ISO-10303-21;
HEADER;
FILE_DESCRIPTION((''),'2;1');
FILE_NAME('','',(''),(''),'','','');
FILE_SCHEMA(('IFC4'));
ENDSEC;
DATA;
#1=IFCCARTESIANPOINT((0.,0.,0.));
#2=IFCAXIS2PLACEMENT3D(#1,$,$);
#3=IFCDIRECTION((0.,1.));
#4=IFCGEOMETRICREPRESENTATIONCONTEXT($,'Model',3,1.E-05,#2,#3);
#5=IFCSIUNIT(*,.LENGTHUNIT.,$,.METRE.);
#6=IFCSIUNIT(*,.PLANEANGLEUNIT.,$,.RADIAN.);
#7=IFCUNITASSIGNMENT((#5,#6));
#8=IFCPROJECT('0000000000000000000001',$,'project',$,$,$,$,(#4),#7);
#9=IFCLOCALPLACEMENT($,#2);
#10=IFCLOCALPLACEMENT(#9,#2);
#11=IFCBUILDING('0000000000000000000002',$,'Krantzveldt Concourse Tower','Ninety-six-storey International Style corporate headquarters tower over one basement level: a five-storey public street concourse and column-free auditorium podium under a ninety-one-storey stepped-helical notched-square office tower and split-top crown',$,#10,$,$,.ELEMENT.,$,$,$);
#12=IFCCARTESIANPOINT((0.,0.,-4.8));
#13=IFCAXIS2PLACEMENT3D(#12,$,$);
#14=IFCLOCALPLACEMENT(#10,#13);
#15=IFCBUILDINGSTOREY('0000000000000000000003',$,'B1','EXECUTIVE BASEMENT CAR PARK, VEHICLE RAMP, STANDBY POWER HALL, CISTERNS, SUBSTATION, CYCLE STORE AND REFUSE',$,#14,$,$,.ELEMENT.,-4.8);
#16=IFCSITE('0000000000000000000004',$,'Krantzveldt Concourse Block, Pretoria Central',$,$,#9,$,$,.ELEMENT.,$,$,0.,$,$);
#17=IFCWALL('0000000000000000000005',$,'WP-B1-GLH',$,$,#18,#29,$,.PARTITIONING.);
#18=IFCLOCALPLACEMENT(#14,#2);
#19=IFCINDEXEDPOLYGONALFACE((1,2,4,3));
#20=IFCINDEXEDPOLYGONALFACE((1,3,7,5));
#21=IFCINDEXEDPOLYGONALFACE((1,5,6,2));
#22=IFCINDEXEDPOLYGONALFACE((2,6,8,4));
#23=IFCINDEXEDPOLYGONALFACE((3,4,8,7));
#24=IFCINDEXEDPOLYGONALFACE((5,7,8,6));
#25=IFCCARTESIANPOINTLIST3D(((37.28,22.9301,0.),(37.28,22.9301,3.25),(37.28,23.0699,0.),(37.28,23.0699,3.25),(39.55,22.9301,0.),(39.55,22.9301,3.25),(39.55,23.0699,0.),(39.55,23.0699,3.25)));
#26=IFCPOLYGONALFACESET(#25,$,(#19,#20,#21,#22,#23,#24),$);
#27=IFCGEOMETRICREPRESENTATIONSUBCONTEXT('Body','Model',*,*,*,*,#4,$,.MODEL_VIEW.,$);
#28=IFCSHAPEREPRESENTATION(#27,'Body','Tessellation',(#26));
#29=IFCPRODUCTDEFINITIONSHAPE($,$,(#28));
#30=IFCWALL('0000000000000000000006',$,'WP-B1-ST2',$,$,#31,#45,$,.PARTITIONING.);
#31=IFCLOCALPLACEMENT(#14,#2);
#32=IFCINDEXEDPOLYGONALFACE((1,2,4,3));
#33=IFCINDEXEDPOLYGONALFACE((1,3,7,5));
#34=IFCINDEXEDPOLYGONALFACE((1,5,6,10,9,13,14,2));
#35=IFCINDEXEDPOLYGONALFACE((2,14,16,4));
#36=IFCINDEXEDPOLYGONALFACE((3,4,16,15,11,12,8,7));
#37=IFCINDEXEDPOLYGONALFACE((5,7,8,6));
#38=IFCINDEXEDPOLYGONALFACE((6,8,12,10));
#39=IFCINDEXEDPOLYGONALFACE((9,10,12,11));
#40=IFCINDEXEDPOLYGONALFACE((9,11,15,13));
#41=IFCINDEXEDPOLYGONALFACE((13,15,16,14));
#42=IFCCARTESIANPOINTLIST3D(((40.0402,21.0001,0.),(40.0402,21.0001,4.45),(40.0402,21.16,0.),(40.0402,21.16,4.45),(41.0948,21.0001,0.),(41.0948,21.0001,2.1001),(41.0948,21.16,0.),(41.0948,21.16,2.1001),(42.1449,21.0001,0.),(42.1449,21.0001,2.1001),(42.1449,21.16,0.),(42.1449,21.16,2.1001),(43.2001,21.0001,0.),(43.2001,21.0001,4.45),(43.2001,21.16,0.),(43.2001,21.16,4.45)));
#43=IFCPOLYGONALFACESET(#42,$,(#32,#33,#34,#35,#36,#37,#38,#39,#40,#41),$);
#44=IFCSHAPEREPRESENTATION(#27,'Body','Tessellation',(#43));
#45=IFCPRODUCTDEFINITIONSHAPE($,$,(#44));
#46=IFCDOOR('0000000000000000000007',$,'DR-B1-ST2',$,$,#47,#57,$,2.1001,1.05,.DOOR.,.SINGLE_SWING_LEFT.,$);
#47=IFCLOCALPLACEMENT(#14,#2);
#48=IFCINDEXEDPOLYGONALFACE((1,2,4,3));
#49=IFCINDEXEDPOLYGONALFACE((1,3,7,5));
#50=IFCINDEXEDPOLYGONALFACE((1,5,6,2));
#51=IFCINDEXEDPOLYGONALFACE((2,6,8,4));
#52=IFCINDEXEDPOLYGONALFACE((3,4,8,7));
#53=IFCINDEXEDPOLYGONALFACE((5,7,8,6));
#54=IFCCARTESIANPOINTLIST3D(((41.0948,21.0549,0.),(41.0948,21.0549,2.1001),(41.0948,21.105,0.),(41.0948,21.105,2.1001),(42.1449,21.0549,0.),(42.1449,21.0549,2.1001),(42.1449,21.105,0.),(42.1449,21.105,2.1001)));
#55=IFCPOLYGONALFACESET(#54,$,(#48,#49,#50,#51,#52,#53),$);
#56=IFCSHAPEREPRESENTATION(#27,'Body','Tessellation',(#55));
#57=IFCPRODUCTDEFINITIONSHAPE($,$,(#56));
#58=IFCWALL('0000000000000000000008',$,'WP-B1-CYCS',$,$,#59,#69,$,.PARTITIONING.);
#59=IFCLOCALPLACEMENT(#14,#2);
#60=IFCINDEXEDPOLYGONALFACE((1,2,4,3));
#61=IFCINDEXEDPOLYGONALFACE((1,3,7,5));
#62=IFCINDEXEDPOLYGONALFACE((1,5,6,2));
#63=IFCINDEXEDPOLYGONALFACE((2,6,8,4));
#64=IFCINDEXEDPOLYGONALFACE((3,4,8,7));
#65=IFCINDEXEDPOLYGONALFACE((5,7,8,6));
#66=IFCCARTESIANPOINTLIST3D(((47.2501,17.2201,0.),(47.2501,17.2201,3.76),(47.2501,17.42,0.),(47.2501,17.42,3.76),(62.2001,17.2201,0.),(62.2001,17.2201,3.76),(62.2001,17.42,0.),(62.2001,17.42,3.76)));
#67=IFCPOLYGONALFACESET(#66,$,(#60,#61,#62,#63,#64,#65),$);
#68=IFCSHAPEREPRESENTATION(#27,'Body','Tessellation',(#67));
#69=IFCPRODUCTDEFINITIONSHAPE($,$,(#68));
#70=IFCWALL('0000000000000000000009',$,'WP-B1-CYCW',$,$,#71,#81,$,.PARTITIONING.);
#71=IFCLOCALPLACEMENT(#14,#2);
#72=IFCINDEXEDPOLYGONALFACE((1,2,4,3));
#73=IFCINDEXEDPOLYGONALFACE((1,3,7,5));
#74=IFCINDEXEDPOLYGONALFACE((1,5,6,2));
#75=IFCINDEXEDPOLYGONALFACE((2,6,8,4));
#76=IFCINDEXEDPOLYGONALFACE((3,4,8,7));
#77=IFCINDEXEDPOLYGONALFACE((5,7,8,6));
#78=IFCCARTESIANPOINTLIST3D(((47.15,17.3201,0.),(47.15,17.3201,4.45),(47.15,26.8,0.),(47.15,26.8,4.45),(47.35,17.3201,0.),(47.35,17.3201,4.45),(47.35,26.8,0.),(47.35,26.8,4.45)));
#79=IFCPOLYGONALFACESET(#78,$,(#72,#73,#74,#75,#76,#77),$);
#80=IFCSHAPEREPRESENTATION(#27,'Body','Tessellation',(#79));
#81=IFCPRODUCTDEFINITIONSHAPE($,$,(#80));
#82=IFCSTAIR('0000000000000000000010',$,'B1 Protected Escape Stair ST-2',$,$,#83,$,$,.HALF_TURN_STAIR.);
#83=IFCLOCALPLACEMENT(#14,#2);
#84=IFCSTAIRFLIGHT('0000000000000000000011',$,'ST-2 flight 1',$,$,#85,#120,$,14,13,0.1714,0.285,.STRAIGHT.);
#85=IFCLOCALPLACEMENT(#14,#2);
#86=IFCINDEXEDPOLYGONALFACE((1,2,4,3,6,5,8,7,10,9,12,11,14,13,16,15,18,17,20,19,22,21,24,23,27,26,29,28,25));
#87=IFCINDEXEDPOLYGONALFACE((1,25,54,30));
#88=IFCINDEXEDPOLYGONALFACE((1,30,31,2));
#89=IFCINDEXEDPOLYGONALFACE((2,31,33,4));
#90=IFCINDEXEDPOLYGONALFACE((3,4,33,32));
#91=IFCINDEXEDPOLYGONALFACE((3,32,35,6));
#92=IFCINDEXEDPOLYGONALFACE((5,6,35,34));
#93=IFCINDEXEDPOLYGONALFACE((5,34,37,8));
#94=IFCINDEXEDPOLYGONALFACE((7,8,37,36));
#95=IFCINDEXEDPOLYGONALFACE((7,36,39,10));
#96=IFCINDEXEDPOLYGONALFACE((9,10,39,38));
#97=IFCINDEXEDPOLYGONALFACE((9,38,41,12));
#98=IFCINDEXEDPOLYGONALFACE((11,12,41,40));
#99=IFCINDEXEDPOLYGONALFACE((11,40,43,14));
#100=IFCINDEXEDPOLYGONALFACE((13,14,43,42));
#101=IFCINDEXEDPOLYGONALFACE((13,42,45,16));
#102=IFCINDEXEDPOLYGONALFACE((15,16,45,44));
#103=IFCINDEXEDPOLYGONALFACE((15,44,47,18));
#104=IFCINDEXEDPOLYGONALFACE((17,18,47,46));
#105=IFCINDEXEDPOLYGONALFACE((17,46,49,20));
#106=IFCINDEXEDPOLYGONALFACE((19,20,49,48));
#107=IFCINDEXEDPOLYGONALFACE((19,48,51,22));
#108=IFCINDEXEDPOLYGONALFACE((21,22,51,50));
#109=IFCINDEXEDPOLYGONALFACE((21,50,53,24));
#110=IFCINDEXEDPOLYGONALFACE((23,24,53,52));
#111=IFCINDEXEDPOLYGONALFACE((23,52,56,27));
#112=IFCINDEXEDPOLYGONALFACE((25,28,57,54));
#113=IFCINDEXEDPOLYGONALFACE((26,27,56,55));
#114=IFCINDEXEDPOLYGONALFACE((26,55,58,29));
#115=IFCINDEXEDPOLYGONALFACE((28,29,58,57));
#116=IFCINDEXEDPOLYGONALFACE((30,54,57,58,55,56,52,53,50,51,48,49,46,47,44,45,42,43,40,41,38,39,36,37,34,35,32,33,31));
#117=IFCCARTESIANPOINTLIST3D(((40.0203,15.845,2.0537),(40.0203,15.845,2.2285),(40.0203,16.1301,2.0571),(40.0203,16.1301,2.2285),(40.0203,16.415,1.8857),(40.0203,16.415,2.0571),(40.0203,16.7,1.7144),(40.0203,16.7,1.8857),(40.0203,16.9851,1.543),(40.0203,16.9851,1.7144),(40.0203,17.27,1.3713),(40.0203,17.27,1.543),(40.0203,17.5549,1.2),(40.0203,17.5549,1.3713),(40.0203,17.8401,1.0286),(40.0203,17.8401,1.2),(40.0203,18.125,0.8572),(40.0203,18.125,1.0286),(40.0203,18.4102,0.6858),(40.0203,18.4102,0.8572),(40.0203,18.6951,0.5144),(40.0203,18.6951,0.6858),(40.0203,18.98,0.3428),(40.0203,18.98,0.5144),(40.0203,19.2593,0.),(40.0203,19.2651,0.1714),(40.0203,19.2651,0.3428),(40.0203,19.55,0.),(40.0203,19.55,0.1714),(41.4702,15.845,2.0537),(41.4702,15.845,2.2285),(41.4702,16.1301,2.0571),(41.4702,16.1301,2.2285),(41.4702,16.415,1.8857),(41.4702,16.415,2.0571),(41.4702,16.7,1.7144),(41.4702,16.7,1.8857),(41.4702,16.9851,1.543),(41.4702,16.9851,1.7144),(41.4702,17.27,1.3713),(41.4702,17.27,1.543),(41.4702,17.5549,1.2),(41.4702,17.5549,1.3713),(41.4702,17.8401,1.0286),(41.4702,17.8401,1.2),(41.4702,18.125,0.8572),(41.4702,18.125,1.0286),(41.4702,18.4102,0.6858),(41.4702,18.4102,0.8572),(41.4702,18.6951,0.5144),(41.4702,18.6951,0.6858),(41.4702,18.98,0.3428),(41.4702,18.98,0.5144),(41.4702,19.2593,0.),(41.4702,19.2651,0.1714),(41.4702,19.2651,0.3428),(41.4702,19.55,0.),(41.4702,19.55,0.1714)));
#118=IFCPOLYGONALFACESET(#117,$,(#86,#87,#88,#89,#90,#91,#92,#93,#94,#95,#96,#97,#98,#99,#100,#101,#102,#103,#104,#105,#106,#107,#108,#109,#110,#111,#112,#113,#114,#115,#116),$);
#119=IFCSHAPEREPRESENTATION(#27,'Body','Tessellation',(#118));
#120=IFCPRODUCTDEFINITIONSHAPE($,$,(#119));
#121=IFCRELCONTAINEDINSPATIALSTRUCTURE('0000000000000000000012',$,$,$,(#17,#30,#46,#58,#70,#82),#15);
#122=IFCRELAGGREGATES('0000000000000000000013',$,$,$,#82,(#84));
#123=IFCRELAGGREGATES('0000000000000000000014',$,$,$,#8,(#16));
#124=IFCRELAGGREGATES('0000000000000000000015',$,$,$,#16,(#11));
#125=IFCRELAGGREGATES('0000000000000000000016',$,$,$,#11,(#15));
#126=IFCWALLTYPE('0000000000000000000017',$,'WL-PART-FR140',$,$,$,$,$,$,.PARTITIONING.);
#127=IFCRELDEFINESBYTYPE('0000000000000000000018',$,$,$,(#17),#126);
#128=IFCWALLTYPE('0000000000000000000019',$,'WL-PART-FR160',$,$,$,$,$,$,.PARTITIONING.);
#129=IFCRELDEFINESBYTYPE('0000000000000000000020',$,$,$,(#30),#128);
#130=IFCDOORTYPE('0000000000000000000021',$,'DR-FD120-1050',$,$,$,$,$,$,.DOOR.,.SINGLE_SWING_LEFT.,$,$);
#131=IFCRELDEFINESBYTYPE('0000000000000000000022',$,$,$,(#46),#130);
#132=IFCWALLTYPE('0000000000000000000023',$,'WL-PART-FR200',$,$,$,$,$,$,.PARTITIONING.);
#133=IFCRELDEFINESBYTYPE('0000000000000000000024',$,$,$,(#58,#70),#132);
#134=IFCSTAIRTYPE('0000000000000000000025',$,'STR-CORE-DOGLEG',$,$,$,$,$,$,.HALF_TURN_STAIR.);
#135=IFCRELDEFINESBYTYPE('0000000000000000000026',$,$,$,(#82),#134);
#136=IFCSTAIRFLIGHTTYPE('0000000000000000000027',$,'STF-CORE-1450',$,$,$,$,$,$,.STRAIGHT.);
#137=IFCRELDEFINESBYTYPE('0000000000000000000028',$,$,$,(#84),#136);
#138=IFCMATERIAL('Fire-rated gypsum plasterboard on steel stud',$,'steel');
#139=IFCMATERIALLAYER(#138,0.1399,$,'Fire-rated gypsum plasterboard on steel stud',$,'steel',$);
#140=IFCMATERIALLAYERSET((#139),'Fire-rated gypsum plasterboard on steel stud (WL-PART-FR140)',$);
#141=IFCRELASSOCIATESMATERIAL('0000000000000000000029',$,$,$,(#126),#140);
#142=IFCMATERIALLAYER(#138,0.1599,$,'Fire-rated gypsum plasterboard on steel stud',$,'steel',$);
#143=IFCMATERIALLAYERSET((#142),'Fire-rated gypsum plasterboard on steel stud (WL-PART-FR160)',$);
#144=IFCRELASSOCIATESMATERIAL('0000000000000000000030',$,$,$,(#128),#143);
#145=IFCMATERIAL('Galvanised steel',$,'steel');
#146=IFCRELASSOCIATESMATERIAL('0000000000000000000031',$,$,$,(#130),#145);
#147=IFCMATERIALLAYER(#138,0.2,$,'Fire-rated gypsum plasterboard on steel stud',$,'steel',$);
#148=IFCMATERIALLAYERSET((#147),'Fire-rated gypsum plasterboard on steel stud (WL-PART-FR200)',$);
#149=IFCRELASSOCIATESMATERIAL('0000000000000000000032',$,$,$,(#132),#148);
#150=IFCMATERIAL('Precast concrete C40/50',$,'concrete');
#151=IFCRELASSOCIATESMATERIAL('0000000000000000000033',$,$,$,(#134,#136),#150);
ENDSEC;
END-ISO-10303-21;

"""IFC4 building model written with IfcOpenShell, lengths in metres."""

from ifc_helpers import new_model, si_unit, direction, frame, frame_2d, origin, place, context, subcontext, project, spatial, polyline, rectangle, outline, extrude, material, layer, layer_set, type_object, element, fill, aggregate, save


model = new_model("IFC4")

# Units and contexts
model_context = context("Model", 3, precision=1e-05, world=origin(), true_north=direction((0.0, 1.0)))
body_context = subcontext(model_context, "Body", "Model", "MODEL_VIEW")
ifc_project = project(units=[si_unit("LENGTHUNIT", "METRE"), si_unit("PLANEANGLEUNIT", "RADIAN")], contexts=[model_context])

# Site, building, storey
site_placement = place(None, origin())
site = spatial("IfcSite", under=ifc_project, at=site_placement, Name="Krantzveldt Concourse Block, Pretoria Central", CompositionType="ELEMENT", RefElevation=0.0)
building_placement = place(site_placement, origin())
building = spatial("IfcBuilding", under=site, at=building_placement, Name="Krantzveldt Concourse Tower", Description="Ninety-six-storey International Style corporate headquarters tower over one basement level: a five-storey public street concourse and column-free auditorium podium under a ninety-one-storey stepped-helical notched-square office tower and split-top crown", CompositionType="ELEMENT")
storey_placement = place(building_placement, frame((0.0, 0.0, -4.8)))
storey = spatial("IfcBuildingStorey", under=building, at=storey_placement, Name="B1", Description="EXECUTIVE BASEMENT CAR PARK, VEHICLE RAMP, STANDBY POWER HALL, CISTERNS, SUBSTATION, CYCLE STORE AND REFUSE", CompositionType="ELEMENT", Elevation=-4.8)

# Shared definitions
ifc_material_1 = material(Name="Fire-rated gypsum plasterboard on steel stud", Category="steel")
ifc_layer_1 = layer(ifc_material_1, 0.1399, Name="Fire-rated gypsum plasterboard on steel stud", Category="steel")
ifc_layer_set_1 = layer_set([ifc_layer_1], Name="Fire-rated gypsum plasterboard on steel stud (WL-PART-FR140)")
wall_type_1 = type_object("IfcWallType", Name="WL-PART-FR140", PredefinedType="PARTITIONING", material=ifc_layer_set_1)

# Wall
wall_1_placement = place(storey_placement, frame((37.28, 23.0, 0.0), z_axis=(0.0, 0.0, 1.0), x_axis=(1.0, 0.0, 0.0)))
element("IfcWall", 1, at=wall_1_placement, inside=storey, type_object=wall_type_1, Name="WP-B1-GLH", PredefinedType="PARTITIONING", context=body_context, shape_type="SweptSolid", body=[
    extrude(rectangle(XDim=2.27, YDim=0.1399, at=frame_2d((1.135, 0.0))), origin(), (0.0, 0.0, 1.0), 3.25),
])

# Wall, opening, door
ifc_layer_2 = layer(ifc_material_1, 0.1599, Name="Fire-rated gypsum plasterboard on steel stud", Category="steel")
ifc_layer_set_2 = layer_set([ifc_layer_2], Name="Fire-rated gypsum plasterboard on steel stud (WL-PART-FR160)")
wall_type_2 = type_object("IfcWallType", Name="WL-PART-FR160", PredefinedType="PARTITIONING", material=ifc_layer_set_2)
wall_2_placement = place(storey_placement, frame((40.04, 21.0801, 0.0), z_axis=(0.0, 0.0, 1.0), x_axis=(1.0, 0.0, 0.0)))
wall_2 = element("IfcWall", 2, at=wall_2_placement, inside=storey, type_object=wall_type_2, Name="WP-B1-ST2", PredefinedType="PARTITIONING", context=body_context, shape_type="SweptSolid", body=[
    extrude(rectangle(XDim=3.1599, YDim=0.1599, at=frame_2d((1.5801, 0.0))), origin(), (0.0, 0.0, 1.0), 4.45),
])
opening_1_placement = place(wall_2_placement, frame((1.0549, 0.0, 0.0)))
opening_1 = element("IfcOpeningElement", 3, at=opening_1_placement, cuts=wall_2, PredefinedType="OPENING", context=body_context, shape_type="SweptSolid", body=[
    extrude(rectangle(XDim=1.05, YDim=2.1001, at=frame_2d((0.5249, 1.05))), frame((0.0, 0.0898, 0.0), z_axis=(0.0, -1.0, 0.0), x_axis=(1.0, 0.0, 0.0)), (0.0, 0.0, 1.0), 0.1799),
])
ifc_material_2 = material(Name="Galvanised steel", Category="steel")
door_type_1 = type_object("IfcDoorType", Name="DR-FD120-1050", OperationType="SINGLE_SWING_LEFT", PredefinedType="DOOR", material=ifc_material_2)
door_1_placement = place(opening_1_placement, origin())
door_1 = element("IfcDoor", 4, at=door_1_placement, inside=storey, type_object=door_type_1, Name="DR-B1-ST2", OperationType="SINGLE_SWING_LEFT", OverallHeight=2.1001, OverallWidth=1.05, PredefinedType="DOOR", context=body_context, shape_type="SweptSolid", body=[
    extrude(rectangle(XDim=1.05, YDim=2.1001, at=frame_2d((0.5249, 1.05))), frame((0.0, 0.0249, 0.0), z_axis=(0.0, -1.0, 0.0), x_axis=(1.0, 0.0, 0.0)), (0.0, 0.0, 1.0), 0.05),
])
fill(opening_1, door_1)

# Walls
ifc_layer_3 = layer(ifc_material_1, 0.2, Name="Fire-rated gypsum plasterboard on steel stud", Category="steel")
ifc_layer_set_3 = layer_set([ifc_layer_3], Name="Fire-rated gypsum plasterboard on steel stud (WL-PART-FR200)")
wall_type_3 = type_object("IfcWallType", Name="WL-PART-FR200", PredefinedType="PARTITIONING", material=ifc_layer_set_3)
wall_3_placement = place(storey_placement, frame((47.25, 17.3201, 0.0), z_axis=(0.0, 0.0, 1.0), x_axis=(1.0, 0.0, 0.0)))
element("IfcWall", 5, at=wall_3_placement, inside=storey, type_object=wall_type_3, Name="WP-B1-CYCS", PredefinedType="PARTITIONING", context=body_context, shape_type="SweptSolid", body=[
    extrude(rectangle(XDim=14.95, YDim=0.2, at=frame_2d((7.4751, 0.0))), origin(), (0.0, 0.0, 1.0), 3.76),
])
wall_4_placement = place(storey_placement, frame((47.25, 17.3201, 0.0), z_axis=(0.0, 0.0, 1.0), x_axis=(0.0, 1.0, 0.0)))
element("IfcWall", 6, at=wall_4_placement, inside=storey, type_object=wall_type_3, Name="WP-B1-CYCW", PredefinedType="PARTITIONING", context=body_context, shape_type="SweptSolid", body=[
    extrude(rectangle(XDim=9.48, YDim=0.2, at=frame_2d((4.74, 0.0))), origin(), (0.0, 0.0, 1.0), 4.45),
])

# Stair, stair flight
ifc_material_3 = material(Name="Precast concrete C40/50", Category="concrete")
stair_type = type_object("IfcStairType", Name="STR-CORE-DOGLEG", PredefinedType="HALF_TURN_STAIR", material=ifc_material_3)
stair_placement = place(storey_placement, origin())
stair = element("IfcStair", 7, at=stair_placement, inside=storey, type_object=stair_type, Name="B1 Protected Escape Stair ST-2", PredefinedType="HALF_TURN_STAIR")
stair_flight_type = type_object("IfcStairFlightType", Name="STF-CORE-1450", PredefinedType="STRAIGHT", material=ifc_material_3)
stair_flight_placement = place(storey_placement, frame((40.7451, 19.55, 0.0), z_axis=(0.0, 0.0, 1.0), x_axis=(0.0, -1.0, 0.0)))
stair_flight = element("IfcStairFlight", 8, at=stair_flight_placement, type_object=stair_flight_type, Name="ST-2 flight 1", NumberOfRisers=14, NumberOfTreads=13, PredefinedType="STRAIGHT", RiserHeight=0.1714, TreadLength=0.285, context=body_context, shape_type="SweptSolid", body=[
    extrude(outline(polyline([(0.0, 0.0), (0.0, 0.1714), (0.2849, 0.1714), (0.2849, 0.3428), (0.5701, 0.3428), (0.5701, 0.5144), (0.855, 0.5144), (0.855, 0.6858), (1.1399, 0.6858), (1.1399, 0.8572), (1.425, 0.8572), (1.425, 1.0286), (1.71, 1.0286), (1.71, 1.2), (1.9951, 1.2), (1.9951, 1.3713), (2.28, 1.3713), (2.28, 1.543), (2.5649, 1.543), (2.5649, 1.7144), (2.8501, 1.7144), (2.8501, 1.8857), (3.135, 1.8857), (3.135, 2.0571), (3.4199, 2.0571), (3.4199, 2.2285), (3.7051, 2.2285), (3.7051, 2.3999), (3.7051, 2.0537), (0.2908, 0.0), (0.0, 0.0)])), frame((0.0, 0.7251, 0.0), z_axis=(0.0, -1.0, 0.0), x_axis=(1.0, 0.0, 0.0)), (0.0, 0.0, 1.0), 1.45),
])
aggregate(stair, [stair_flight])

save(model, "model.ifc")
